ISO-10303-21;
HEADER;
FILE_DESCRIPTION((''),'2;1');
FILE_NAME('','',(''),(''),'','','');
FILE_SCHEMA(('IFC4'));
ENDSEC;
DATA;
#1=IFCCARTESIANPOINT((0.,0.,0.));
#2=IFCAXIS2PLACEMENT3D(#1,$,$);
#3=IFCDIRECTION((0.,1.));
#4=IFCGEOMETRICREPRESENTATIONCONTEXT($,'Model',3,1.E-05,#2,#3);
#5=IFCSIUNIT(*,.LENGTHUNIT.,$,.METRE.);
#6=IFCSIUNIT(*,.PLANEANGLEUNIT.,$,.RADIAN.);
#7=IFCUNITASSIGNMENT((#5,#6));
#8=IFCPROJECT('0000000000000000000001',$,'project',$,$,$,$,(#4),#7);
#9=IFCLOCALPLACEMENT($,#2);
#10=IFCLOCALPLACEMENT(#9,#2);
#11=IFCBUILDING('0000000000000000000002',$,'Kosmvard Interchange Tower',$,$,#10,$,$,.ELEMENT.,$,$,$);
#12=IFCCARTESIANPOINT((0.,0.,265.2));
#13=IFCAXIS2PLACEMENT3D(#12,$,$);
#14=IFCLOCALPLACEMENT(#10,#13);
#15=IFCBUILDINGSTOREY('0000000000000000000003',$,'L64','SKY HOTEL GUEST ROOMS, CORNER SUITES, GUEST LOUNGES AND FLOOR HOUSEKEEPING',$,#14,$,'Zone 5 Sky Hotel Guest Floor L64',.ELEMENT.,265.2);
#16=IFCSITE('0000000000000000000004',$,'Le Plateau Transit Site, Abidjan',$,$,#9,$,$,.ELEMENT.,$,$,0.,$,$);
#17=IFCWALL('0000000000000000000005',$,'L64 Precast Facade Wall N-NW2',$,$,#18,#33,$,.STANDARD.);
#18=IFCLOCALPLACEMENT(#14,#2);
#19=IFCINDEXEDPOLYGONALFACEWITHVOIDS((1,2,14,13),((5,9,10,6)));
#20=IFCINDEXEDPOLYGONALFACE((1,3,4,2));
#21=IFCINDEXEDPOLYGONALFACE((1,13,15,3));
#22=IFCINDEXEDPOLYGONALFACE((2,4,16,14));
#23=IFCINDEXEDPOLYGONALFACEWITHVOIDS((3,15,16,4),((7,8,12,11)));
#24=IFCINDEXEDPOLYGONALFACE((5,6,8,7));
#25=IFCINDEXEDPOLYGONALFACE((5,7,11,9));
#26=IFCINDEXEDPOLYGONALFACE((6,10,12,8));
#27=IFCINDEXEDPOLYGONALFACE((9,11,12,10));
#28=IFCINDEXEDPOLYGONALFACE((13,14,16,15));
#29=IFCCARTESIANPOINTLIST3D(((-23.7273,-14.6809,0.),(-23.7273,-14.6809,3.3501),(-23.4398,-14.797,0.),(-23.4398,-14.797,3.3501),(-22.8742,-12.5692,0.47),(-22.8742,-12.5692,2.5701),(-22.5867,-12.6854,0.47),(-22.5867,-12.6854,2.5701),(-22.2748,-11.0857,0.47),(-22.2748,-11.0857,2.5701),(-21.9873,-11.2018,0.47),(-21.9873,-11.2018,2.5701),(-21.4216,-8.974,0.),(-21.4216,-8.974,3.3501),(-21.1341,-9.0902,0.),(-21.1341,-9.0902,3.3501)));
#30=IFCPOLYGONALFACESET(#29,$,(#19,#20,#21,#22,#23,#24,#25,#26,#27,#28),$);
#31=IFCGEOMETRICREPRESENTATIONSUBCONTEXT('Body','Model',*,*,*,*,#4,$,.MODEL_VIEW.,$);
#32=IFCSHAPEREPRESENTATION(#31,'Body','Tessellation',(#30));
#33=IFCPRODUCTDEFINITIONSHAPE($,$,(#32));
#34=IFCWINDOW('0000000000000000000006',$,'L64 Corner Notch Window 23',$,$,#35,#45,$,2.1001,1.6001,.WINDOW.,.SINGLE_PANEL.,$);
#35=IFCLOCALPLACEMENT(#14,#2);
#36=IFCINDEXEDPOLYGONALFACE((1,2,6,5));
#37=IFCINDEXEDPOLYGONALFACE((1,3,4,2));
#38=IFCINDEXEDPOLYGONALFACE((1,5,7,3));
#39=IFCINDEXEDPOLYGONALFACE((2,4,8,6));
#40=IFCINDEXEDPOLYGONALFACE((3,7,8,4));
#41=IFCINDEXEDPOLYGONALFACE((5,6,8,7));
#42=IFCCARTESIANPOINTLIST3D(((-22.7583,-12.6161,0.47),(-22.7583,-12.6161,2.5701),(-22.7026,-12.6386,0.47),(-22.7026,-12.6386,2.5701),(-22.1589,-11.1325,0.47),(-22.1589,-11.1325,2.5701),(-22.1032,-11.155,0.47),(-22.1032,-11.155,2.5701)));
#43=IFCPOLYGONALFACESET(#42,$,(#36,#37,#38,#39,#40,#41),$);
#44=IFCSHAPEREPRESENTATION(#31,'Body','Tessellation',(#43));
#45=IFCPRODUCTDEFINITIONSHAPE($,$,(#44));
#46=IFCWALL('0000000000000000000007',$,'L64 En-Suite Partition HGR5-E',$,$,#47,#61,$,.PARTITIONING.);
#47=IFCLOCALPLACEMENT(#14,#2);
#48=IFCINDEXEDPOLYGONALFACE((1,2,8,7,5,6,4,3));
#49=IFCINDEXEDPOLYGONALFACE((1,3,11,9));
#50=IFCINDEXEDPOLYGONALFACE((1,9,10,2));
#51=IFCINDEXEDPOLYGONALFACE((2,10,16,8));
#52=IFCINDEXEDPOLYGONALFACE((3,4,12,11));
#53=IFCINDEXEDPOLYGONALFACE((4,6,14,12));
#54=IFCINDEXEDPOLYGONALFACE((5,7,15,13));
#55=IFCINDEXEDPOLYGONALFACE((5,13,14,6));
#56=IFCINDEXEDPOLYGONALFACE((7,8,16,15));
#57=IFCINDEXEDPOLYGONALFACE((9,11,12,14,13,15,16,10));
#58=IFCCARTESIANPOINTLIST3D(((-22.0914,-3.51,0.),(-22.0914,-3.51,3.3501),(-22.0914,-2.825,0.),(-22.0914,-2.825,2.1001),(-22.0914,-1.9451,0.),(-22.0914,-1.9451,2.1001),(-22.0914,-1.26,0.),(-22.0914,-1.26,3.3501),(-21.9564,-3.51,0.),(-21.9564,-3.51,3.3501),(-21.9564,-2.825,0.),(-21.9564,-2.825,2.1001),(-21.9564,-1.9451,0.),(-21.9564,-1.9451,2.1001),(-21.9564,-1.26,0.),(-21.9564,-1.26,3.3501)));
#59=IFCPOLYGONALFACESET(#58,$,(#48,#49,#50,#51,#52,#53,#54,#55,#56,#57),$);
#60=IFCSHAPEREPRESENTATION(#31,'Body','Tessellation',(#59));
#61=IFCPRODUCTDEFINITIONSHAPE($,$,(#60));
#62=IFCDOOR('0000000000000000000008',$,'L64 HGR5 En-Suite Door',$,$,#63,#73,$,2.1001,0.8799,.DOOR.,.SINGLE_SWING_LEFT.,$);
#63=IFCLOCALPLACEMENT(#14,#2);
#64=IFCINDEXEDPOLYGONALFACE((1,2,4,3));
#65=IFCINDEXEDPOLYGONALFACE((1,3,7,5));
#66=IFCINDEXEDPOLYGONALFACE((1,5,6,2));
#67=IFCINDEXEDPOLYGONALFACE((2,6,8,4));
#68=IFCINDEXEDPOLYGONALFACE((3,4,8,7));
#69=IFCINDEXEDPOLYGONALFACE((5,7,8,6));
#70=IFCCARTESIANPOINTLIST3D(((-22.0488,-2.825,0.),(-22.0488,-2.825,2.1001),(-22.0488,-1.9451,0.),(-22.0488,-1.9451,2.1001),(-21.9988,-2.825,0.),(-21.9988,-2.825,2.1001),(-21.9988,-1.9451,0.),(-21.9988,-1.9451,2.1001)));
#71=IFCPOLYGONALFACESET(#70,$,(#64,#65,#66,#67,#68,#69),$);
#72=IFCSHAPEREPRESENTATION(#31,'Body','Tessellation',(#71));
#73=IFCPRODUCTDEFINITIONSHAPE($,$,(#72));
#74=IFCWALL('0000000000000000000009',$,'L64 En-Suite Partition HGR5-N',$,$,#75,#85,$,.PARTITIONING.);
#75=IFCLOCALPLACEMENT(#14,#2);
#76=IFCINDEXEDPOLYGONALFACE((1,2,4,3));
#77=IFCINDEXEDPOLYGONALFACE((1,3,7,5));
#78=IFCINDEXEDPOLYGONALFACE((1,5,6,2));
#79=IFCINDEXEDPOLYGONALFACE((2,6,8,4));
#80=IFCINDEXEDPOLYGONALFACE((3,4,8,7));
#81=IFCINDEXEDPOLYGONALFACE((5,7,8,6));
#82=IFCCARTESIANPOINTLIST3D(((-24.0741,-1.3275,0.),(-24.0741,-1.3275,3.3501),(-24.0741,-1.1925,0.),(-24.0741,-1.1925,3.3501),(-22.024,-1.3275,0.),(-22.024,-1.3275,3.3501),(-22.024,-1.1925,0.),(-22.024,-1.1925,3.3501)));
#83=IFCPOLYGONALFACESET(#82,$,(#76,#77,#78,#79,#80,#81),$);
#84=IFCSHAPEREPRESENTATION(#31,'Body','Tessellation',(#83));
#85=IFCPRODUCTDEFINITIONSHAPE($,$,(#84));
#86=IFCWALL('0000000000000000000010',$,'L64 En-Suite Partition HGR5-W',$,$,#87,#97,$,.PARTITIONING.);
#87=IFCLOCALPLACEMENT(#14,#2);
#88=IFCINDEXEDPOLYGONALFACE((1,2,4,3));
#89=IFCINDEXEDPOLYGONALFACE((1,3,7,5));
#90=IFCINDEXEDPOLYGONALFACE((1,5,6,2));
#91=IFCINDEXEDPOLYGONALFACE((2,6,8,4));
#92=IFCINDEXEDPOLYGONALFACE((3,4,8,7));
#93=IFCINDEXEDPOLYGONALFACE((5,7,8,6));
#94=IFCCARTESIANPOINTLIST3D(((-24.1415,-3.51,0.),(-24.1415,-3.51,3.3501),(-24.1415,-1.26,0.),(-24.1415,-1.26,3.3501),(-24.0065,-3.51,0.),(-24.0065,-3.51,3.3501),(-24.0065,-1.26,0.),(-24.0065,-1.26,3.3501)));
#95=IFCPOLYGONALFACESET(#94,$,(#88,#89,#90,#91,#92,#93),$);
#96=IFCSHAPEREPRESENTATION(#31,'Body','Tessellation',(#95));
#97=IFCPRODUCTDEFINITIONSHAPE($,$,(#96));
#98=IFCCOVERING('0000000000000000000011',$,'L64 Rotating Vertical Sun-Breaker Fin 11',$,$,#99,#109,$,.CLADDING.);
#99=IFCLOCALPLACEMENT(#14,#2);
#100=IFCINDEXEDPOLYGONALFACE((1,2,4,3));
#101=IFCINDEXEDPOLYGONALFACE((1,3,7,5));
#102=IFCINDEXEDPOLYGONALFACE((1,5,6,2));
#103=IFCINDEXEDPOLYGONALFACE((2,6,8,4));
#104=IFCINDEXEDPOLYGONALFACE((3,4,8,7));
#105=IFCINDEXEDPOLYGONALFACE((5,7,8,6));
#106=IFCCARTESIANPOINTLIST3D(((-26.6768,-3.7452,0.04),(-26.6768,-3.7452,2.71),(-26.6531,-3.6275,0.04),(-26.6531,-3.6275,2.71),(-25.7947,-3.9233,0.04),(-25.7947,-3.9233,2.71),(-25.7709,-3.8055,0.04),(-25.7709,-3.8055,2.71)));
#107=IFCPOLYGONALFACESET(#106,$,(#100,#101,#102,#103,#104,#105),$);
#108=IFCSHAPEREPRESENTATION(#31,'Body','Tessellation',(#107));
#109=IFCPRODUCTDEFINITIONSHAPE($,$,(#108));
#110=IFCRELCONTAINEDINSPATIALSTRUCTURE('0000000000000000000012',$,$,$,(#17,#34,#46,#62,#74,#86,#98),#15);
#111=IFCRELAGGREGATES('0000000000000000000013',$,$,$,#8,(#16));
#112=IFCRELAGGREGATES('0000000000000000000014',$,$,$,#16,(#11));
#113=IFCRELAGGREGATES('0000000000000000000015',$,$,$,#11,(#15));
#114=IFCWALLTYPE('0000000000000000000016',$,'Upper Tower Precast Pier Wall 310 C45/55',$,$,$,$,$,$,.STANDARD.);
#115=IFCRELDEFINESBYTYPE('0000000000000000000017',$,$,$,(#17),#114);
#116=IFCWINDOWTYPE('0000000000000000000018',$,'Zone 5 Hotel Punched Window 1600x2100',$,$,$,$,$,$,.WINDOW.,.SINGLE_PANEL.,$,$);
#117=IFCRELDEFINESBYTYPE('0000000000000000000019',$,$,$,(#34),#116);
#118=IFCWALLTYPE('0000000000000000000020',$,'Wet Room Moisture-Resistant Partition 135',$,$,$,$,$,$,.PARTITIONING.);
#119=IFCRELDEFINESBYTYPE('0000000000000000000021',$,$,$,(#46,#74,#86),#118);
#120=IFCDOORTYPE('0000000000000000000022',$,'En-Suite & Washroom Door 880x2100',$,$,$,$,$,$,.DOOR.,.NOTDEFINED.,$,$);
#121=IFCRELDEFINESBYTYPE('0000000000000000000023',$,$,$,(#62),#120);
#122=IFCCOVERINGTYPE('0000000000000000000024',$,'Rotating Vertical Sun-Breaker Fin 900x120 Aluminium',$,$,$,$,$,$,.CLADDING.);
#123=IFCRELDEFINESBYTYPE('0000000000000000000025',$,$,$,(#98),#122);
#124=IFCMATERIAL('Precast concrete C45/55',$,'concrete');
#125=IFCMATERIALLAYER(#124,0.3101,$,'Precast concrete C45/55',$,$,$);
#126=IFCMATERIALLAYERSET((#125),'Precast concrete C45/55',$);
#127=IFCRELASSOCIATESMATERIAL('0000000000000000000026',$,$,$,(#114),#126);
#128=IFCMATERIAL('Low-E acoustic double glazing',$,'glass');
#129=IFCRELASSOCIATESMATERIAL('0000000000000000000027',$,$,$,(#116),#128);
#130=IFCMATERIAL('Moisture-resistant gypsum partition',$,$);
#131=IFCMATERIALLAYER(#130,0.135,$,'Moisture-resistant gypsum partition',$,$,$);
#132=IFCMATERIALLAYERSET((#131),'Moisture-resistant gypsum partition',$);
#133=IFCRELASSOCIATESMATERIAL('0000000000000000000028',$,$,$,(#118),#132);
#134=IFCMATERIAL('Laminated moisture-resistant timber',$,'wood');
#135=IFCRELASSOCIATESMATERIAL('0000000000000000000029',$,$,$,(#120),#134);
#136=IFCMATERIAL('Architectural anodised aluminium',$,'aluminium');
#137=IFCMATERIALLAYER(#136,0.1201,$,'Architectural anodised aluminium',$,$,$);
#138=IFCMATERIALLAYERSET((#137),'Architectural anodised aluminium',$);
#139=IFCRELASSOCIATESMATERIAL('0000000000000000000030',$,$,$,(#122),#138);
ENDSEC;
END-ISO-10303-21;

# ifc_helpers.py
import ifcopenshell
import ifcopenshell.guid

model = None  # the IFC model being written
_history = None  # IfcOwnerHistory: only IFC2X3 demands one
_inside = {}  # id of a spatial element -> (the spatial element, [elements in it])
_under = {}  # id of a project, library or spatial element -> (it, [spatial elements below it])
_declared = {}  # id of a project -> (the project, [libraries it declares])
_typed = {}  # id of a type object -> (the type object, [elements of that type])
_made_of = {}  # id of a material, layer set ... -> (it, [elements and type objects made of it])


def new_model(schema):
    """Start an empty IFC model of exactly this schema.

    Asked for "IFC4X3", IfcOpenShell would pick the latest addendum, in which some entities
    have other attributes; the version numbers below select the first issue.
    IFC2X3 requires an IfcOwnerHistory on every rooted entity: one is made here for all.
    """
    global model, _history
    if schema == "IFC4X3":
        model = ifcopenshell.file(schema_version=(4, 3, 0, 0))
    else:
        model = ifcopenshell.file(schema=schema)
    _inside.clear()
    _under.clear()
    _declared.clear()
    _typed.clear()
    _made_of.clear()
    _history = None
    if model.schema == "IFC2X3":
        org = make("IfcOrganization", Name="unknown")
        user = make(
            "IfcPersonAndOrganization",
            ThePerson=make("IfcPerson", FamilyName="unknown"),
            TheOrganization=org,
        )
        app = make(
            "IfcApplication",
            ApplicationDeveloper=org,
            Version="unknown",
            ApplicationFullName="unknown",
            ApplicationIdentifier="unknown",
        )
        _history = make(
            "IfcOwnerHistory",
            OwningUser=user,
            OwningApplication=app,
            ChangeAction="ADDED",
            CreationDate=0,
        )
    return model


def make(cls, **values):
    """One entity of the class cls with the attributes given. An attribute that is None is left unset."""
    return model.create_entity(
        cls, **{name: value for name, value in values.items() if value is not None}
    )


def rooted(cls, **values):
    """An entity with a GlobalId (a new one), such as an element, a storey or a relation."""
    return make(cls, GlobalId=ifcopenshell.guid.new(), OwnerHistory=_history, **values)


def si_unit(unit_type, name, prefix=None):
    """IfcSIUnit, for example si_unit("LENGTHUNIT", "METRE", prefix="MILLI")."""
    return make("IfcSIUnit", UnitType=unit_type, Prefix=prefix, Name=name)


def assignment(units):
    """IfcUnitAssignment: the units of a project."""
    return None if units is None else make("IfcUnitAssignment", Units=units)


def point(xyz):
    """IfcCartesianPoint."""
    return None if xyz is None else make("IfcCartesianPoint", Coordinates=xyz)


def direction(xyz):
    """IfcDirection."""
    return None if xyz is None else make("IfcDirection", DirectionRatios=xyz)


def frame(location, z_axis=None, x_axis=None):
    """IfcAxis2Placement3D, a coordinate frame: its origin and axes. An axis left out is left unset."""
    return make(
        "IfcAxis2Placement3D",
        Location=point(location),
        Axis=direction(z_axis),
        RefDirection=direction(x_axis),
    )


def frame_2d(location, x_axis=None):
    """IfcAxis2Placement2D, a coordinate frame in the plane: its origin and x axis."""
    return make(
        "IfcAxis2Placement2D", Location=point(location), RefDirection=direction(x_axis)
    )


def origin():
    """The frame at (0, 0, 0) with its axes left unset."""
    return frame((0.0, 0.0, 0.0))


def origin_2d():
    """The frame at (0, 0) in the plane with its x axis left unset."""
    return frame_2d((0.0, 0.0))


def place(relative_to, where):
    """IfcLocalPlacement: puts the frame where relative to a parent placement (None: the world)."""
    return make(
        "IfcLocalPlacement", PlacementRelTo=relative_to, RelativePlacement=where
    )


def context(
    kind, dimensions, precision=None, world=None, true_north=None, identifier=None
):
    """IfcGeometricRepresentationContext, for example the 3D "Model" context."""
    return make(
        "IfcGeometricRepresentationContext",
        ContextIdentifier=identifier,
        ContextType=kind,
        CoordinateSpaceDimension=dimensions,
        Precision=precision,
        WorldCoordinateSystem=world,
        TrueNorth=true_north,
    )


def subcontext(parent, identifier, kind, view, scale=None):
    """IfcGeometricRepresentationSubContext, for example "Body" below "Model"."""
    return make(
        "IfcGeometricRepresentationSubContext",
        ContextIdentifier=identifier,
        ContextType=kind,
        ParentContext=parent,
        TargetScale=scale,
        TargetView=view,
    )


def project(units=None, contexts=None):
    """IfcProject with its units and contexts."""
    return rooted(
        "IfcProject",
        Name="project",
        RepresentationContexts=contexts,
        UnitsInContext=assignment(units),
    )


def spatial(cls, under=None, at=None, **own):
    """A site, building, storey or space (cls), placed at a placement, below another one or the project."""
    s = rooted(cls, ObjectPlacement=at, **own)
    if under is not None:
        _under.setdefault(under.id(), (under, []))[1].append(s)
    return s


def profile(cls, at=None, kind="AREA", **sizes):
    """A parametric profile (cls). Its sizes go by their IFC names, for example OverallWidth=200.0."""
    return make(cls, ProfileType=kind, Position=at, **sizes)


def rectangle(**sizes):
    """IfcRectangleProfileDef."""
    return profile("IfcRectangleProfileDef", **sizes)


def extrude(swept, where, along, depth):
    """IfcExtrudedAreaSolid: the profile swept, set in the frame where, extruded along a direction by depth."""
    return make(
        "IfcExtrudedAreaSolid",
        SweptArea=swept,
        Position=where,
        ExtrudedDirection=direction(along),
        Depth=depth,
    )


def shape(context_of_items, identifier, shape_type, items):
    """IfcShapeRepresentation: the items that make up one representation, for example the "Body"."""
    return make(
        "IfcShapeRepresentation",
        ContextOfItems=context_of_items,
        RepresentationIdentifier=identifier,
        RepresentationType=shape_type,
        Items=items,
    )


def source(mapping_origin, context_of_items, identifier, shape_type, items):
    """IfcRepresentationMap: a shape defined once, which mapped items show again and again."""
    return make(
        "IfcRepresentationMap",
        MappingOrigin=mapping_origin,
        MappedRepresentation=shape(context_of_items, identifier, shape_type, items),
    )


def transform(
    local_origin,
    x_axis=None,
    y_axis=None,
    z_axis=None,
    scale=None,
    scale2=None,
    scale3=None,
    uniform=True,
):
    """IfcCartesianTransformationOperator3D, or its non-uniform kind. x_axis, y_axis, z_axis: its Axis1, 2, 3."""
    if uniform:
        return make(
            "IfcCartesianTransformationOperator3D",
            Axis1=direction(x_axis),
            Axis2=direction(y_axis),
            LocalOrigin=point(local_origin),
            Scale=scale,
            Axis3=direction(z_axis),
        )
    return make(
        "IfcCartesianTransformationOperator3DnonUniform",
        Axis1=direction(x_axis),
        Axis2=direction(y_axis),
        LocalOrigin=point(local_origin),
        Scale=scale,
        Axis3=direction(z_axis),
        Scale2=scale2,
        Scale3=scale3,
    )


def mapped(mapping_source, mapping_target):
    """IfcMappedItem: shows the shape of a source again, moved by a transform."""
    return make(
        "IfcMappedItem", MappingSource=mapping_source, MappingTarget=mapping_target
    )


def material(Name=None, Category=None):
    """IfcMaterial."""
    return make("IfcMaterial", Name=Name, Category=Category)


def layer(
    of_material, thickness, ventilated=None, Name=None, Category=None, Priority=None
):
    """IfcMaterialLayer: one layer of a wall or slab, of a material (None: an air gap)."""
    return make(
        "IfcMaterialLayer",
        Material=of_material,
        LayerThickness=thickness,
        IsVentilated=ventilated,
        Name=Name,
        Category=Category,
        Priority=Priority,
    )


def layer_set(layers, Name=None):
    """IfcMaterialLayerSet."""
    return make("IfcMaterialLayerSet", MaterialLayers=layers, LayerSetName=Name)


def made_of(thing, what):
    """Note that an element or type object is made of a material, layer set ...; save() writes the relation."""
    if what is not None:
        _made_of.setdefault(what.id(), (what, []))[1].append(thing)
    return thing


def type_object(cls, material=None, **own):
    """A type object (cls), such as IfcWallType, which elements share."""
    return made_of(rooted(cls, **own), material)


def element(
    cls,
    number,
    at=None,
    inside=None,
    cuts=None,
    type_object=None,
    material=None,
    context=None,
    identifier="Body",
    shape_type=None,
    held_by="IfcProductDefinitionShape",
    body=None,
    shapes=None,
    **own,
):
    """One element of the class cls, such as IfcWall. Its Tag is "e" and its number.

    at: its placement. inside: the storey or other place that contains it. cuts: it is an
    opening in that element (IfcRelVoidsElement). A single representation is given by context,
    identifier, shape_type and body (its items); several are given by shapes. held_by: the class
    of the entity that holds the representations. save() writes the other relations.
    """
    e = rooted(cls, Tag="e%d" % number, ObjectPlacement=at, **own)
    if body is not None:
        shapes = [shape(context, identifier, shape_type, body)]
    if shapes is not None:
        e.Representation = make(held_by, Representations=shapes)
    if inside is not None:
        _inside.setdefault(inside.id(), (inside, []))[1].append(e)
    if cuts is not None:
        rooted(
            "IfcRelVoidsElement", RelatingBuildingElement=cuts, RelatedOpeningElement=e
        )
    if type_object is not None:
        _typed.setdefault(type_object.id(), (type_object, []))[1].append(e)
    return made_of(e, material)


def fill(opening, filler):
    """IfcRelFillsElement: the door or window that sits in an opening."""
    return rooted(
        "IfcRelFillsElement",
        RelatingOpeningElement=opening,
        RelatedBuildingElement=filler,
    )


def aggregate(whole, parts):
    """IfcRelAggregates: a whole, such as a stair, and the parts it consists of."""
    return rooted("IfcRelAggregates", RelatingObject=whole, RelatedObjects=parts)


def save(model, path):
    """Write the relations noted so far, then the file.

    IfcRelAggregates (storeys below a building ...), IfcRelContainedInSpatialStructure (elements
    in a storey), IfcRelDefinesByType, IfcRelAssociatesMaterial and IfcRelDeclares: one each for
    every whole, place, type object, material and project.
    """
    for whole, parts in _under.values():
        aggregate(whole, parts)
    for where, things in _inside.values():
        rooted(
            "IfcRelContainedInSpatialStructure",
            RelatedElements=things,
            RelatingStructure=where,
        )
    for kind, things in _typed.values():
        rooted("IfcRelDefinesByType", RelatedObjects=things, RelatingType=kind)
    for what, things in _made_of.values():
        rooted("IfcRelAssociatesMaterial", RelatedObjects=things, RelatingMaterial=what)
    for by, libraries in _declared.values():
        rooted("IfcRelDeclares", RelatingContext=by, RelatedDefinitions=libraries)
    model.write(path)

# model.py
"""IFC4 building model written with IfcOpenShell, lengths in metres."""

from ifc_helpers import new_model, si_unit, direction, frame, frame_2d, origin, origin_2d, place, context, subcontext, project, spatial, rectangle, extrude, source, transform, mapped, material, layer, layer_set, type_object, element, fill, save


model = new_model("IFC4")

# Units and contexts
model_context = context("Model", 3, precision=1e-05, world=origin(), true_north=direction((0.0, 1.0)))
body_context = subcontext(model_context, "Body", "Model", "MODEL_VIEW")
ifc_project = project(units=[si_unit("LENGTHUNIT", "METRE"), si_unit("PLANEANGLEUNIT", "RADIAN")], contexts=[model_context])

# Site, building, storey
site_placement = place(None, origin())
site = spatial("IfcSite", under=ifc_project, at=site_placement, Name="Le Plateau Transit Site, Abidjan", CompositionType="ELEMENT", RefElevation=0.0)
building_placement = place(site_placement, origin())
building = spatial("IfcBuilding", under=site, at=building_placement, Name="Kosmvard Interchange Tower", CompositionType="ELEMENT")
storey_placement = place(building_placement, frame((0.0, 0.0, 265.2)))
storey = spatial("IfcBuildingStorey", under=building, at=storey_placement, Name="L64", Description="SKY HOTEL GUEST ROOMS, CORNER SUITES, GUEST LOUNGES AND FLOOR HOUSEKEEPING", LongName="Zone 5 Sky Hotel Guest Floor L64", CompositionType="ELEMENT", Elevation=265.2)

# Shared definitions
ifc_material_1 = material(Name="Precast concrete C45/55", Category="concrete")

# Shared definitions
ifc_layer_1 = layer(ifc_material_1, 0.3101, Name="Precast concrete C45/55")
ifc_layer_set_1 = layer_set([ifc_layer_1], Name="Precast concrete C45/55")
wall_type_1 = type_object("IfcWallType", Name="Upper Tower Precast Pier Wall 310 C45/55", PredefinedType="STANDARD", material=ifc_layer_set_1)

# Wall, opening, window
wall_1_placement = place(storey_placement, frame((-21.2778, -9.032, 0.0), z_axis=(0.0, 0.0, 1.0), x_axis=(-0.374603, -0.927185, 0.0)))
wall_1 = element("IfcWall", 1, at=wall_1_placement, inside=storey, type_object=wall_type_1, Name="L64 Precast Facade Wall N-NW2", PredefinedType="STANDARD", context=body_context, shape_type="SweptSolid", body=[
    extrude(rectangle(XDim=6.155, YDim=0.3101, at=frame_2d((3.0776, 0.0))), origin(), (0.0, 0.0, 1.0), 3.3501),
])
opening_1_placement = place(wall_1_placement, frame((2.2776, 0.0, 0.47)))
opening_1 = element("IfcOpeningElement", 2, at=opening_1_placement, cuts=wall_1, PredefinedType="OPENING", context=body_context, shape_type="SweptSolid", body=[
    extrude(rectangle(XDim=1.6001, YDim=2.1001, at=frame_2d((0.8, 1.05))), frame((0.0, 0.165, 0.0), z_axis=(0.0, -1.0, 0.0), x_axis=(1.0, 0.0, 0.0)), (0.0, 0.0, 1.0), 0.3301),
])
ifc_material_2 = material(Name="Low-E acoustic double glazing", Category="glass")
window_type = type_object("IfcWindowType", Name="Zone 5 Hotel Punched Window 1600x2100", PartitioningType="SINGLE_PANEL", PredefinedType="WINDOW", material=ifc_material_2)
shared_shape_1 = source(origin(), body_context, "Body", "SweptSolid", [
    extrude(rectangle(XDim=1.6001, YDim=2.1001, at=frame_2d((0.8, 1.05))), frame((0.0, 0.03, 0.0), z_axis=(0.0, -1.0, 0.0), x_axis=(1.0, 0.0, 0.0)), (0.0, 0.0, 1.0), 0.0601),
])
window_placement = place(opening_1_placement, origin())
window = element("IfcWindow", 3, at=window_placement, inside=storey, type_object=window_type, Name="L64 Corner Notch Window 23", OverallHeight=2.1001, OverallWidth=1.6001, PartitioningType="SINGLE_PANEL", PredefinedType="WINDOW", context=body_context, shape_type="MappedRepresentation", body=[
    mapped(shared_shape_1, transform((0.0, 0.0, 0.0), scale=1.0)),
])
fill(opening_1, window)

# Wall, opening, door
ifc_material_3 = material(Name="Moisture-resistant gypsum partition")
ifc_layer_2 = layer(ifc_material_3, 0.135, Name="Moisture-resistant gypsum partition")
ifc_layer_set_2 = layer_set([ifc_layer_2], Name="Moisture-resistant gypsum partition")
wall_type_2 = type_object("IfcWallType", Name="Wet Room Moisture-Resistant Partition 135", PredefinedType="PARTITIONING", material=ifc_layer_set_2)
wall_2_placement = place(storey_placement, frame((-22.0239, -3.51, 0.0), z_axis=(0.0, 0.0, 1.0), x_axis=(0.0, 1.0, 0.0)))
wall_2 = element("IfcWall", 4, at=wall_2_placement, inside=storey, type_object=wall_type_2, Name="L64 En-Suite Partition HGR5-E", PredefinedType="PARTITIONING", context=body_context, shape_type="SweptSolid", body=[
    extrude(rectangle(XDim=2.25, YDim=0.135, at=frame_2d((1.125, 0.0))), origin(), (0.0, 0.0, 1.0), 3.3501),
])
opening_2_placement = place(wall_2_placement, frame((0.6851, 0.0, 0.0)))
opening_2 = element("IfcOpeningElement", 5, at=opening_2_placement, cuts=wall_2, PredefinedType="OPENING", context=body_context, shape_type="SweptSolid", body=[
    extrude(rectangle(XDim=0.8799, YDim=2.1001, at=frame_2d((0.4399, 1.05))), frame((0.0, 0.0776, 0.0), z_axis=(0.0, -1.0, 0.0), x_axis=(1.0, 0.0, 0.0)), (0.0, 0.0, 1.0), 0.155),
])
ifc_material_4 = material(Name="Laminated moisture-resistant timber", Category="wood")
door_type = type_object("IfcDoorType", Name="En-Suite & Washroom Door 880x2100", OperationType="NOTDEFINED", PredefinedType="DOOR", material=ifc_material_4)
shared_shape_2 = source(origin(), body_context, "Body", "SweptSolid", [
    extrude(rectangle(XDim=0.8799, YDim=2.1001, at=frame_2d((0.4399, 1.05))), frame((0.0, 0.0249, 0.0), z_axis=(0.0, -1.0, 0.0), x_axis=(1.0, 0.0, 0.0)), (0.0, 0.0, 1.0), 0.05),
])
door_placement = place(opening_2_placement, origin())
door = element("IfcDoor", 6, at=door_placement, inside=storey, type_object=door_type, Name="L64 HGR5 En-Suite Door", OperationType="SINGLE_SWING_LEFT", OverallHeight=2.1001, OverallWidth=0.8799, PredefinedType="DOOR", context=body_context, shape_type="MappedRepresentation", body=[
    mapped(shared_shape_2, transform((0.0, 0.0, 0.0), scale=1.0)),
])
fill(opening_2, door)

# Walls
wall_3_placement = place(storey_placement, frame((-24.074, -1.26, 0.0), z_axis=(0.0, 0.0, 1.0), x_axis=(1.0, 0.0, 0.0)))
element("IfcWall", 7, at=wall_3_placement, inside=storey, type_object=wall_type_2, Name="L64 En-Suite Partition HGR5-N", PredefinedType="PARTITIONING", context=body_context, shape_type="SweptSolid", body=[
    extrude(rectangle(XDim=2.05, YDim=0.135, at=frame_2d((1.0249, 0.0))), origin(), (0.0, 0.0, 1.0), 3.3501),
])
wall_4_placement = place(storey_placement, frame((-24.074, -3.51, 0.0), z_axis=(0.0, 0.0, 1.0), x_axis=(0.0, 1.0, 0.0)))
element("IfcWall", 8, at=wall_4_placement, inside=storey, type_object=wall_type_2, Name="L64 En-Suite Partition HGR5-W", PredefinedType="PARTITIONING", context=body_context, shape_type="SweptSolid", body=[
    extrude(rectangle(XDim=2.25, YDim=0.135, at=frame_2d((1.125, 0.0))), origin(), (0.0, 0.0, 1.0), 3.3501),
])

# Covering
ifc_material_5 = material(Name="Architectural anodised aluminium", Category="aluminium")
ifc_layer_3 = layer(ifc_material_5, 0.1201, Name="Architectural anodised aluminium")
ifc_layer_set_3 = layer_set([ifc_layer_3], Name="Architectural anodised aluminium")
covering_type = type_object("IfcCoveringType", Name="Rotating Vertical Sun-Breaker Fin 900x120 Aluminium", PredefinedType="CLADDING", material=ifc_layer_set_3)
shared_shape_3 = source(origin(), body_context, "Body", "SweptSolid", [
    extrude(rectangle(XDim=0.8999, YDim=0.1201, at=origin_2d()), origin(), (0.0, 0.0, 1.0), 2.6699),
])
covering_placement = place(storey_placement, frame((-26.2239, -3.7754, 0.04), z_axis=(0.0, 0.0, 1.0), x_axis=(-0.980237, 0.197828, 0.0)))
element("IfcCovering", 9, at=covering_placement, inside=storey, type_object=covering_type, Name="L64 Rotating Vertical Sun-Breaker Fin 11", PredefinedType="CLADDING", context=body_context, shape_type="MappedRepresentation", body=[
    mapped(shared_shape_3, transform((0.0, 0.0, 0.0), scale=1.0)),
])

save(model, "model.ifc")
